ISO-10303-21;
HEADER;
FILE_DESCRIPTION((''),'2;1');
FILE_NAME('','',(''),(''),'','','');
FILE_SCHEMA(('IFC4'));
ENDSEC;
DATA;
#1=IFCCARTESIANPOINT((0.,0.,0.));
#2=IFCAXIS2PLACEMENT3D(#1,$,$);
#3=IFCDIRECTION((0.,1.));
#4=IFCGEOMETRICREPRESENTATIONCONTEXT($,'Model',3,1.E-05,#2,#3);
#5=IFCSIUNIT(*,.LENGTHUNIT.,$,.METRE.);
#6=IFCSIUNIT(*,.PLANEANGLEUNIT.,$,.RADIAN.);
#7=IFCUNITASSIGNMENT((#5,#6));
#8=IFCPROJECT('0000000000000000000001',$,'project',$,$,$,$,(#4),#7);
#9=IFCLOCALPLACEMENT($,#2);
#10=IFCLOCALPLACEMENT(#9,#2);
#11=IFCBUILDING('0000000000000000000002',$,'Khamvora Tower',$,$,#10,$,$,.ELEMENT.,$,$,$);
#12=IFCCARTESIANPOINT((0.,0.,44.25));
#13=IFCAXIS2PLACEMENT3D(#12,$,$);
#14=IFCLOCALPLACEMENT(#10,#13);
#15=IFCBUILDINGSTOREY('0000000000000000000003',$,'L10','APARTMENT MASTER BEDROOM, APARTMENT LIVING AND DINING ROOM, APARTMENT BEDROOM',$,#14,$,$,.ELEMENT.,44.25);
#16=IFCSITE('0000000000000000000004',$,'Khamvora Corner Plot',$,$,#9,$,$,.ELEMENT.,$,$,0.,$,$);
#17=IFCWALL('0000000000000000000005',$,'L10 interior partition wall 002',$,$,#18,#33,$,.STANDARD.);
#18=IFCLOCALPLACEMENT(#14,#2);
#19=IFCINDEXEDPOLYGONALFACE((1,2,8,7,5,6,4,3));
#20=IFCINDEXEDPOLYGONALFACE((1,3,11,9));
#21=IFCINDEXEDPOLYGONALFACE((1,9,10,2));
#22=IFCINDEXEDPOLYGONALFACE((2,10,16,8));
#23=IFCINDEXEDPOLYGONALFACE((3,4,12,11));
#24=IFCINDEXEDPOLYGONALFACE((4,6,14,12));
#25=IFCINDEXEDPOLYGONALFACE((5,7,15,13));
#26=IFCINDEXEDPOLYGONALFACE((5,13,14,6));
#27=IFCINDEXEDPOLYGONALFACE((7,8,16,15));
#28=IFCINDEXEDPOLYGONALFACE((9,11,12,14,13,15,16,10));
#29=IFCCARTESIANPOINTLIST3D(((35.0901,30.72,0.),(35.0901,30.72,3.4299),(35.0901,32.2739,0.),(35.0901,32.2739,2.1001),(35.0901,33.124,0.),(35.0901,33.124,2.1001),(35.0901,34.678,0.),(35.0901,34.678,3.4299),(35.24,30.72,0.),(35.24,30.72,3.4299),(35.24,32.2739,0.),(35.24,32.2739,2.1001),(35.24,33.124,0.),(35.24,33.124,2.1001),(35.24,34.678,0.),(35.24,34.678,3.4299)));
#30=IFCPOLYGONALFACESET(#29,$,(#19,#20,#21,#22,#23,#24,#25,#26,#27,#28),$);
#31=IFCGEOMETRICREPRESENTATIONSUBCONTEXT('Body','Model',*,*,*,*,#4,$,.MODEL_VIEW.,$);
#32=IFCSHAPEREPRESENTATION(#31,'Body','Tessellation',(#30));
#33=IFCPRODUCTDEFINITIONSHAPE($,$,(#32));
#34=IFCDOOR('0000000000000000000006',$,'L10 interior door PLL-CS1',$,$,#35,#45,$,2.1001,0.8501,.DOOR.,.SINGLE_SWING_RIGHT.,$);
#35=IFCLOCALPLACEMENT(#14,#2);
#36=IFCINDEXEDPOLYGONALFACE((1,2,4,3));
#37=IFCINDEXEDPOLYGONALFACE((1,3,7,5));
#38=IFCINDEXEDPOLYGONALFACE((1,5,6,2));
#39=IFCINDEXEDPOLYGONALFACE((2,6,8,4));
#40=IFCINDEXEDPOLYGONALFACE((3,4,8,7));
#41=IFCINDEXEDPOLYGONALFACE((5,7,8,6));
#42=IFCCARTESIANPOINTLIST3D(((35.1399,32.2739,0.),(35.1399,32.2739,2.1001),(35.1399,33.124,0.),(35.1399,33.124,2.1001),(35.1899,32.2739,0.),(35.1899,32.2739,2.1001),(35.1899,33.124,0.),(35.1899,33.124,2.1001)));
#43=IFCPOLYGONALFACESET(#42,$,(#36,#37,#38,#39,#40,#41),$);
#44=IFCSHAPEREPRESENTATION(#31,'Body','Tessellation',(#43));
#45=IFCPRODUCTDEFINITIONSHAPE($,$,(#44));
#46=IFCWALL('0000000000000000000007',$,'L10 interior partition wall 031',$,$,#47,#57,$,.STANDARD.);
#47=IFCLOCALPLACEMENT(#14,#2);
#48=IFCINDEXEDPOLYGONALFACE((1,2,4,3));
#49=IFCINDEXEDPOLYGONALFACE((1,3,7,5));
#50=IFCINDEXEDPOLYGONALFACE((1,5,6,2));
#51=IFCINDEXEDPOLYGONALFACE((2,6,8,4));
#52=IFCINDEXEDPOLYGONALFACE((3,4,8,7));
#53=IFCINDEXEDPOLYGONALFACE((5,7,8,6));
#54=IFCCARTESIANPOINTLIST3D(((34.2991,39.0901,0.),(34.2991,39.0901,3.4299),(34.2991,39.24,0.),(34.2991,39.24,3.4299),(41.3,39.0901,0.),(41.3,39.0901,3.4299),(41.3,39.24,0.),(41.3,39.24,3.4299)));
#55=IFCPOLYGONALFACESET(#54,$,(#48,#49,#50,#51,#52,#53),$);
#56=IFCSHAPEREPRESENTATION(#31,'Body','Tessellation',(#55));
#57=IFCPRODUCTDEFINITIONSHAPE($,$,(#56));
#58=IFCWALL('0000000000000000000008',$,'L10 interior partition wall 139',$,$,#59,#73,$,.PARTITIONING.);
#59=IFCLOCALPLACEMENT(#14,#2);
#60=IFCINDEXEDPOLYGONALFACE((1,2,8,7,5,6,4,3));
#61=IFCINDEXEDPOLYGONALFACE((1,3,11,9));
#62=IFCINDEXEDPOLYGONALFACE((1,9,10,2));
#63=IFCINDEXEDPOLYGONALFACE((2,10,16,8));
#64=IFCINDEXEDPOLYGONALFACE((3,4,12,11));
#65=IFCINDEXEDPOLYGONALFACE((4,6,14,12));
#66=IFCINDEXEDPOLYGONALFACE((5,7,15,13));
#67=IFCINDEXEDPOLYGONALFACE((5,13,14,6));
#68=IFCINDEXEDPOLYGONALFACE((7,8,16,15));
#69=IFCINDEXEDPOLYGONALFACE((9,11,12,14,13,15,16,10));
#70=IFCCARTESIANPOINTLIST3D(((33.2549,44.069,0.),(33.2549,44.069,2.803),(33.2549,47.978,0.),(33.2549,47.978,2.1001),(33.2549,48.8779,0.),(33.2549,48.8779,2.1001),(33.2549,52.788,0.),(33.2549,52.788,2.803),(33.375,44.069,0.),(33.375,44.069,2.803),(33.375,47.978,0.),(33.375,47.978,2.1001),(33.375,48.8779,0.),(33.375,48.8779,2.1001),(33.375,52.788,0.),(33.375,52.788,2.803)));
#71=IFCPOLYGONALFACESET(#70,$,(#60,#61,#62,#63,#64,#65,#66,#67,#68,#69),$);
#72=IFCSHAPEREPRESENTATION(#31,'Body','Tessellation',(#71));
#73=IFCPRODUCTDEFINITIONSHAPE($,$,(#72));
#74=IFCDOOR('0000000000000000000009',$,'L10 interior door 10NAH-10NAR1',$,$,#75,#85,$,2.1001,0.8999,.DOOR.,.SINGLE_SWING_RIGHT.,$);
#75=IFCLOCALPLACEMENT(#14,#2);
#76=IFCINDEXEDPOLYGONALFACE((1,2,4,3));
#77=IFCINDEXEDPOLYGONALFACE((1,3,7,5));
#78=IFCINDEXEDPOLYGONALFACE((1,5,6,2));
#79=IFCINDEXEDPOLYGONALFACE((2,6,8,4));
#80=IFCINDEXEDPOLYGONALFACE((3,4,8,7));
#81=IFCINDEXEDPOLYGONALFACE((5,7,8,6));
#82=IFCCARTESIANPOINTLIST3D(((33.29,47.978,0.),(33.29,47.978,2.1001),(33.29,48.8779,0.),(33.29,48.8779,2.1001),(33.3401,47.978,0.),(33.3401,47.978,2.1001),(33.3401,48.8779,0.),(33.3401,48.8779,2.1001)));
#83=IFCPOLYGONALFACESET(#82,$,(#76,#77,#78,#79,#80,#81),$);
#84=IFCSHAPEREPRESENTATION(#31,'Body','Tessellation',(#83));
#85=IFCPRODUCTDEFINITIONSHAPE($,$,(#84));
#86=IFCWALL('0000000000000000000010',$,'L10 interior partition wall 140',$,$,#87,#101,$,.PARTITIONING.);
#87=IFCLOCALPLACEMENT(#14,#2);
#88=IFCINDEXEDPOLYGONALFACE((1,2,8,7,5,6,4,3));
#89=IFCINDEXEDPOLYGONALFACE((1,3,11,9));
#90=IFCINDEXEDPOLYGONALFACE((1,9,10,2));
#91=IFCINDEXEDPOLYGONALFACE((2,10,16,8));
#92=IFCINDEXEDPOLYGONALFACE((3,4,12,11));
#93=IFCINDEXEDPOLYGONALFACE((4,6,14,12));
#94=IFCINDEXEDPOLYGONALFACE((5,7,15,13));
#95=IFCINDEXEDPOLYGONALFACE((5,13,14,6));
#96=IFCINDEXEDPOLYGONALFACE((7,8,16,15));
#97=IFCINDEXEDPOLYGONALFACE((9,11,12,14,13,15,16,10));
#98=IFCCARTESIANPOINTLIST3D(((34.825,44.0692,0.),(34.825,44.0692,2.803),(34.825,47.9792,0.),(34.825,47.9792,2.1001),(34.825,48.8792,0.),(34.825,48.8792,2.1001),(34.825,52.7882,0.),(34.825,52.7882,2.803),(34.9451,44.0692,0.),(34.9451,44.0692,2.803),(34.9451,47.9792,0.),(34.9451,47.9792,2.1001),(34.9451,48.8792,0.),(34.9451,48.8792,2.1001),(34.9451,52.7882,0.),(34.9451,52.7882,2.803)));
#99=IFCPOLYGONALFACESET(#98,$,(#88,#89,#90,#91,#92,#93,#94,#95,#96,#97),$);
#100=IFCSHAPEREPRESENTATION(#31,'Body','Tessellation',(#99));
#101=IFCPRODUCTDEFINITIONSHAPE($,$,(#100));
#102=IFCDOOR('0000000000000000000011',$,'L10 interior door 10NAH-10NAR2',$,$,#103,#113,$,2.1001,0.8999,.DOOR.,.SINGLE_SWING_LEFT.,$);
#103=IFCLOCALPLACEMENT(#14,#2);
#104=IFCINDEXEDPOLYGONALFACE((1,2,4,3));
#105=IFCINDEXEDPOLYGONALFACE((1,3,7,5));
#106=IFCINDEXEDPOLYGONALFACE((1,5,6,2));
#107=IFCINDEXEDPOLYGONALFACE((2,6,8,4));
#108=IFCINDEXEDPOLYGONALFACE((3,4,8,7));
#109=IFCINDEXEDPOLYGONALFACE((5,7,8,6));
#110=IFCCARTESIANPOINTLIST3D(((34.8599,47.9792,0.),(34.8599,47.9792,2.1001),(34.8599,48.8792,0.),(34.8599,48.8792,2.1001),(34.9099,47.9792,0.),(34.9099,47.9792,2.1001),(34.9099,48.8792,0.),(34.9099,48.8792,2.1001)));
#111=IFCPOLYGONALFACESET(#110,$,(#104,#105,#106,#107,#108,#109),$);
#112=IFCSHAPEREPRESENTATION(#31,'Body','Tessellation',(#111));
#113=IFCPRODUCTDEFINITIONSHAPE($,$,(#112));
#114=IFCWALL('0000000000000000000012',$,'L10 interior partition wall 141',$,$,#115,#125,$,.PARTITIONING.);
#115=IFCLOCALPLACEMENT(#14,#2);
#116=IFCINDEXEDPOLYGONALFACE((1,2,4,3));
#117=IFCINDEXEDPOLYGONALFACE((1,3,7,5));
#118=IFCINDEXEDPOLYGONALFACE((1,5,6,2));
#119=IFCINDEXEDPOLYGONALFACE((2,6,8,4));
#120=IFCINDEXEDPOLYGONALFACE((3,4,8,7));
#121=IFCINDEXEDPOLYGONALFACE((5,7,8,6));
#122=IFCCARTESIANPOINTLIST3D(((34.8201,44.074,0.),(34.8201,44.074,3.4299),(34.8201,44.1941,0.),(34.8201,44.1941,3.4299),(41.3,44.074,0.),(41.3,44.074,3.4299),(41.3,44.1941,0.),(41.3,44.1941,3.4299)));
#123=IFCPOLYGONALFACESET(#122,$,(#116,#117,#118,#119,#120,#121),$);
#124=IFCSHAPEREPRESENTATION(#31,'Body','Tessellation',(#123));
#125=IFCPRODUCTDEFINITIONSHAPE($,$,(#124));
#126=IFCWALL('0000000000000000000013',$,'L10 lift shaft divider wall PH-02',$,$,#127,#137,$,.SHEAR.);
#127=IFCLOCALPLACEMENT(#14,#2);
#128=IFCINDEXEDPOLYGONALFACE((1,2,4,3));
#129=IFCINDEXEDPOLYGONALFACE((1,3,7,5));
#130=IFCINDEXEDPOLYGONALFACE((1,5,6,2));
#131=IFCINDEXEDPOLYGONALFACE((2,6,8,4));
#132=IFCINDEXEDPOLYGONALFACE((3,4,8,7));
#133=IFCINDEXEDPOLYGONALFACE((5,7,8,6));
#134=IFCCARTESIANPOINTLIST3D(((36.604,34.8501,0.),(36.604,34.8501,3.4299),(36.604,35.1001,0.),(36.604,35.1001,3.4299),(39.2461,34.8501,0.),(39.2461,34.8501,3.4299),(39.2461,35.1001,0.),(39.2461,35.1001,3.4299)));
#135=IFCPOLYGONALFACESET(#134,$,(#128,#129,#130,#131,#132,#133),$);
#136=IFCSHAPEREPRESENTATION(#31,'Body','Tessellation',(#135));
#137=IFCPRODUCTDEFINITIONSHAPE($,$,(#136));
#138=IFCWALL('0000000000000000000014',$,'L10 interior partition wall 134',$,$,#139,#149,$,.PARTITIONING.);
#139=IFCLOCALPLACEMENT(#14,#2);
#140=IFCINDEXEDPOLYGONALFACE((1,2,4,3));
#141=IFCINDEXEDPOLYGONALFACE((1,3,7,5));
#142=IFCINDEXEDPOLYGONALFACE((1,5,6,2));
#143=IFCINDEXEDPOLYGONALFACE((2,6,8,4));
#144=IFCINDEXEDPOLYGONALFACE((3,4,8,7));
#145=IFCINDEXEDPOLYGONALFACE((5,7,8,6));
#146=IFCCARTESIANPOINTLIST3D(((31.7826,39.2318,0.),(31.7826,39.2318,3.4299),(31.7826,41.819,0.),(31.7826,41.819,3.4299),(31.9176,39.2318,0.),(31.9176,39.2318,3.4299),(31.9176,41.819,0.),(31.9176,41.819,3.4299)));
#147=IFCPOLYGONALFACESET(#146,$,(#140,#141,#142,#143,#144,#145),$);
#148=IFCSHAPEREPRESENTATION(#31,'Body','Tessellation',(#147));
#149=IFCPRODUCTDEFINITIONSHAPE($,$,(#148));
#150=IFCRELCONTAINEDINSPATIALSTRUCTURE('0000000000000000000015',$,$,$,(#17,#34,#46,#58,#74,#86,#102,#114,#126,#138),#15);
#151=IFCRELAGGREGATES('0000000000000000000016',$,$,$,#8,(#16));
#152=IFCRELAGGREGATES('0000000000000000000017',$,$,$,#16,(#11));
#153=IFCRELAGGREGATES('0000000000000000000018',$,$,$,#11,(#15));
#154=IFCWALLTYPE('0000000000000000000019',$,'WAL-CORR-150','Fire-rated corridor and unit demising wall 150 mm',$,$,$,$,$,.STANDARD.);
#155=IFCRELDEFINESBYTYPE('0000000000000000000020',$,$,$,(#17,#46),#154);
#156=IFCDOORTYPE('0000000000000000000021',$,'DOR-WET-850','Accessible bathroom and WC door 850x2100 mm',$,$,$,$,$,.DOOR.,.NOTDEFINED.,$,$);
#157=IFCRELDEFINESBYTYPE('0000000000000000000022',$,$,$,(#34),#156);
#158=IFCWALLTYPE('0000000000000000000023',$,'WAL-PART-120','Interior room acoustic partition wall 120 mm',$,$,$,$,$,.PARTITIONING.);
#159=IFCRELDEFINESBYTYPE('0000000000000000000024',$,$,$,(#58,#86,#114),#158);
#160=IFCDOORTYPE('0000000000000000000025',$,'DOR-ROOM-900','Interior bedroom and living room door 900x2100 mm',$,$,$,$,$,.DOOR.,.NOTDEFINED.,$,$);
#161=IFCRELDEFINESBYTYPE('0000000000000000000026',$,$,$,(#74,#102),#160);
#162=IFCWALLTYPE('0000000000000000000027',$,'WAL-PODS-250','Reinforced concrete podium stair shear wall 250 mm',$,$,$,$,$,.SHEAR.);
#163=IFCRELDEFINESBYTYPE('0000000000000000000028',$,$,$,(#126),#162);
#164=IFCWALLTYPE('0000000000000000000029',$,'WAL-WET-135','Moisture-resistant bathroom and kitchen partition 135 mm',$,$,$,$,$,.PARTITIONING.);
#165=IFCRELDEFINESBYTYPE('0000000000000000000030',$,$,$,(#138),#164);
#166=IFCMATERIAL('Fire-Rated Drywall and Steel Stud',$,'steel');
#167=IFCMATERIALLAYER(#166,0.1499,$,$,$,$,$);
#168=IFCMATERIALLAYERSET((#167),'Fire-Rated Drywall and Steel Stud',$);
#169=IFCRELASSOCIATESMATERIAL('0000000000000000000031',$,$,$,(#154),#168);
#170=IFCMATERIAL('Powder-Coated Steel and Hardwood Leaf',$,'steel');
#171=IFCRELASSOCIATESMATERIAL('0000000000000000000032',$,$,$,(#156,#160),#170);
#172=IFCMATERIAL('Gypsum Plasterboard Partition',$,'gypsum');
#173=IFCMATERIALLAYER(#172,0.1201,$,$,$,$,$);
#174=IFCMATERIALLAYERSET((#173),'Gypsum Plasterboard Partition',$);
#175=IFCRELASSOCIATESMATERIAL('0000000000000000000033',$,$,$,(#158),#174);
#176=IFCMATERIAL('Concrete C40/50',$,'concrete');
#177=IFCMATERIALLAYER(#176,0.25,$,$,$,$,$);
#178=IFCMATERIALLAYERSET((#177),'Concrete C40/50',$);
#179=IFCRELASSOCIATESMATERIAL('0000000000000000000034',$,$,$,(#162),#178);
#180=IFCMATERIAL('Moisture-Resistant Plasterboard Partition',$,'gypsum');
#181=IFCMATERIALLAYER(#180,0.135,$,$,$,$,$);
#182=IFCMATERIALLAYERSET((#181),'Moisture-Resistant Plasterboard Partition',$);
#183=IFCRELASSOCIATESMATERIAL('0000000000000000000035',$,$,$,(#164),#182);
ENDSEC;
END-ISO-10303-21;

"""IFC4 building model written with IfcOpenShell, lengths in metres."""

from ifc_helpers import new_model, si_unit, direction, frame, frame_2d, origin, place, context, subcontext, project, spatial, rectangle, extrude, material, layer, layer_set, type_object, element, fill, save


model = new_model("IFC4")

# Units and contexts
model_context = context("Model", 3, precision=1e-05, world=origin(), true_north=direction((0.0, 1.0)))
body_context = subcontext(model_context, "Body", "Model", "MODEL_VIEW")
ifc_project = project(units=[si_unit("LENGTHUNIT", "METRE"), si_unit("PLANEANGLEUNIT", "RADIAN")], contexts=[model_context])

# Site, building, storey
site_placement = place(None, origin())
site = spatial("IfcSite", under=ifc_project, at=site_placement, Name="Khamvora Corner Plot", CompositionType="ELEMENT", RefElevation=0.0)
building_placement = place(site_placement, origin())
building = spatial("IfcBuilding", under=site, at=building_placement, Name="Khamvora Tower", CompositionType="ELEMENT")
storey_placement = place(building_placement, frame((0.0, 0.0, 44.25)))
storey = spatial("IfcBuildingStorey", under=building, at=storey_placement, Name="L10", Description="APARTMENT MASTER BEDROOM, APARTMENT LIVING AND DINING ROOM, APARTMENT BEDROOM", CompositionType="ELEMENT", Elevation=44.25)

# Wall, opening, door
ifc_material_1 = material(Name="Powder-Coated Steel and Hardwood Leaf", Category="steel")
ifc_material_2 = material(Name="Fire-Rated Drywall and Steel Stud", Category="steel")
ifc_layer_1 = layer(ifc_material_2, 0.1499)
ifc_layer_set_1 = layer_set([ifc_layer_1], Name="Fire-Rated Drywall and Steel Stud")
wall_type_1 = type_object("IfcWallType", Name="WAL-CORR-150", Description="Fire-rated corridor and unit demising wall 150 mm", PredefinedType="STANDARD", material=ifc_layer_set_1)
wall_1_placement = place(storey_placement, frame((35.165, 34.678, 0.0), z_axis=(0.0, 0.0, 1.0), x_axis=(0.0, -1.0, 0.0)))
wall_1 = element("IfcWall", 1, at=wall_1_placement, inside=storey, type_object=wall_type_1, Name="L10 interior partition wall 002", PredefinedType="STANDARD", context=body_context, shape_type="SweptSolid", body=[
    extrude(rectangle(XDim=3.958, YDim=0.1499, at=frame_2d((1.979, 0.0))), origin(), (0.0, 0.0, 1.0), 3.4299),
])
opening_1_placement = place(wall_1_placement, frame((1.554, 0.0, 0.0)))
opening_1 = element("IfcOpeningElement", 2, at=opening_1_placement, cuts=wall_1, PredefinedType="OPENING", context=body_context, shape_type="SweptSolid", body=[
    extrude(rectangle(XDim=0.8501, YDim=2.1001, at=frame_2d((0.425, 1.05))), frame((0.0, 0.085, 0.0), z_axis=(0.0, -1.0, 0.0), x_axis=(1.0, 0.0, 0.0)), (0.0, 0.0, 1.0), 0.1699),
])
door_type_1 = type_object("IfcDoorType", Name="DOR-WET-850", Description="Accessible bathroom and WC door 850x2100 mm", OperationType="NOTDEFINED", PredefinedType="DOOR", material=ifc_material_1)
door_1_placement = place(opening_1_placement, origin())
door_1 = element("IfcDoor", 3, at=door_1_placement, inside=storey, type_object=door_type_1, Name="L10 interior door PLL-CS1", OperationType="SINGLE_SWING_RIGHT", OverallHeight=2.1001, OverallWidth=0.8501, PredefinedType="DOOR", context=body_context, shape_type="SweptSolid", body=[
    extrude(rectangle(XDim=0.8501, YDim=2.1001, at=frame_2d((0.425, 1.05))), frame((0.0, 0.0249, 0.0), z_axis=(0.0, -1.0, 0.0), x_axis=(1.0, 0.0, 0.0)), (0.0, 0.0, 1.0), 0.05),
])
fill(opening_1, door_1)

# Wall
wall_2_placement = place(storey_placement, frame((34.2991, 39.165, 0.0), z_axis=(0.0, 0.0, 1.0), x_axis=(1.0, 0.0, 0.0)))
element("IfcWall", 4, at=wall_2_placement, inside=storey, type_object=wall_type_1, Name="L10 interior partition wall 031", PredefinedType="STANDARD", context=body_context, shape_type="SweptSolid", body=[
    extrude(rectangle(XDim=7.001, YDim=0.1499, at=frame_2d((3.5005, 0.0))), origin(), (0.0, 0.0, 1.0), 3.4299),
])

# Walls, openings, doors
ifc_material_3 = material(Name="Gypsum Plasterboard Partition", Category="gypsum")
ifc_layer_2 = layer(ifc_material_3, 0.1201)
ifc_layer_set_2 = layer_set([ifc_layer_2], Name="Gypsum Plasterboard Partition")
wall_type_2 = type_object("IfcWallType", Name="WAL-PART-120", Description="Interior room acoustic partition wall 120 mm", PredefinedType="PARTITIONING", material=ifc_layer_set_2)
wall_3_placement = place(storey_placement, frame((33.3149, 44.0691, 0.0), z_axis=(0.0, 0.0, 1.0), x_axis=(0.0, 1.0, 0.0)))
wall_3 = element("IfcWall", 5, at=wall_3_placement, inside=storey, type_object=wall_type_2, Name="L10 interior partition wall 139", PredefinedType="PARTITIONING", context=body_context, shape_type="SweptSolid", body=[
    extrude(rectangle(XDim=8.719, YDim=0.1201, at=frame_2d((4.3594, 0.0))), origin(), (0.0, 0.0, 1.0), 2.803),
])
opening_2_placement = place(wall_3_placement, frame((3.9089, 0.0, 0.0)))
opening_2 = element("IfcOpeningElement", 6, at=opening_2_placement, cuts=wall_3, PredefinedType="OPENING", context=body_context, shape_type="SweptSolid", body=[
    extrude(rectangle(XDim=0.8999, YDim=2.1001, at=frame_2d((0.45, 1.05))), frame((0.0, 0.0701, 0.0), z_axis=(0.0, -1.0, 0.0), x_axis=(1.0, 0.0, 0.0)), (0.0, 0.0, 1.0), 0.1401),
])
door_type_2 = type_object("IfcDoorType", Name="DOR-ROOM-900", Description="Interior bedroom and living room door 900x2100 mm", OperationType="NOTDEFINED", PredefinedType="DOOR", material=ifc_material_1)
door_2_placement = place(opening_2_placement, origin())
door_2 = element("IfcDoor", 7, at=door_2_placement, inside=storey, type_object=door_type_2, Name="L10 interior door 10NAH-10NAR1", OperationType="SINGLE_SWING_RIGHT", OverallHeight=2.1001, OverallWidth=0.8999, PredefinedType="DOOR", context=body_context, shape_type="SweptSolid", body=[
    extrude(rectangle(XDim=0.8999, YDim=2.1001, at=frame_2d((0.45, 1.05))), frame((0.0, 0.0249, 0.0), z_axis=(0.0, -1.0, 0.0), x_axis=(1.0, 0.0, 0.0)), (0.0, 0.0, 1.0), 0.05),
])
fill(opening_2, door_2)
wall_4_placement = place(storey_placement, frame((34.885, 52.7881, 0.0), z_axis=(0.0, 0.0, 1.0), x_axis=(0.0, -1.0, 0.0)))
wall_4 = element("IfcWall", 8, at=wall_4_placement, inside=storey, type_object=wall_type_2, Name="L10 interior partition wall 140", PredefinedType="PARTITIONING", context=body_context, shape_type="SweptSolid", body=[
    extrude(rectangle(XDim=8.719, YDim=0.1201, at=frame_2d((4.3594, 0.0))), origin(), (0.0, 0.0, 1.0), 2.803),
])
opening_3_placement = place(wall_4_placement, frame((3.9089, 0.0, 0.0)))
opening_3 = element("IfcOpeningElement", 9, at=opening_3_placement, cuts=wall_4, PredefinedType="OPENING", context=body_context, shape_type="SweptSolid", body=[
    extrude(rectangle(XDim=0.8999, YDim=2.1001, at=frame_2d((0.45, 1.05))), frame((0.0, 0.0701, 0.0), z_axis=(0.0, -1.0, 0.0), x_axis=(1.0, 0.0, 0.0)), (0.0, 0.0, 1.0), 0.1401),
])
door_3_placement = place(opening_3_placement, origin())
door_3 = element("IfcDoor", 10, at=door_3_placement, inside=storey, type_object=door_type_2, Name="L10 interior door 10NAH-10NAR2", OperationType="SINGLE_SWING_LEFT", OverallHeight=2.1001, OverallWidth=0.8999, PredefinedType="DOOR", context=body_context, shape_type="SweptSolid", body=[
    extrude(rectangle(XDim=0.8999, YDim=2.1001, at=frame_2d((0.45, 1.05))), frame((0.0, 0.0249, 0.0), z_axis=(0.0, -1.0, 0.0), x_axis=(1.0, 0.0, 0.0)), (0.0, 0.0, 1.0), 0.05),
])
fill(opening_3, door_3)

# Walls
wall_5_placement = place(storey_placement, frame((34.8201, 44.134, 0.0), z_axis=(0.0, 0.0, 1.0), x_axis=(1.0, 0.0, 0.0)))
element("IfcWall", 11, at=wall_5_placement, inside=storey, type_object=wall_type_2, Name="L10 interior partition wall 141", PredefinedType="PARTITIONING", context=body_context, shape_type="SweptSolid", body=[
    extrude(rectangle(XDim=6.48, YDim=0.1201, at=frame_2d((3.24, 0.0))), origin(), (0.0, 0.0, 1.0), 3.4299),
])
ifc_material_4 = material(Name="Concrete C40/50", Category="concrete")
ifc_layer_3 = layer(ifc_material_4, 0.25)
ifc_layer_set_3 = layer_set([ifc_layer_3], Name="Concrete C40/50")
wall_type_3 = type_object("IfcWallType", Name="WAL-PODS-250", Description="Reinforced concrete podium stair shear wall 250 mm", PredefinedType="SHEAR", material=ifc_layer_set_3)
wall_6_placement = place(storey_placement, frame((36.604, 34.9751, 0.0), z_axis=(0.0, 0.0, 1.0), x_axis=(1.0, 0.0, 0.0)))
element("IfcWall", 12, at=wall_6_placement, inside=storey, type_object=wall_type_3, Name="L10 lift shaft divider wall PH-02", PredefinedType="SHEAR", context=body_context, shape_type="SweptSolid", body=[
    extrude(rectangle(XDim=2.6421, YDim=0.25, at=frame_2d((1.321, 0.0))), origin(), (0.0, 0.0, 1.0), 3.4299),
])
ifc_material_5 = material(Name="Moisture-Resistant Plasterboard Partition", Category="gypsum")
ifc_layer_4 = layer(ifc_material_5, 0.135)
ifc_layer_set_4 = layer_set([ifc_layer_4], Name="Moisture-Resistant Plasterboard Partition")
wall_type_4 = type_object("IfcWallType", Name="WAL-WET-135", Description="Moisture-resistant bathroom and kitchen partition 135 mm", PredefinedType="PARTITIONING", material=ifc_layer_set_4)
wall_7_placement = place(storey_placement, frame((31.8501, 39.2319, 0.0), z_axis=(0.0, 0.0, 1.0), x_axis=(0.0, 1.0, 0.0)))
element("IfcWall", 13, at=wall_7_placement, inside=storey, type_object=wall_type_4, Name="L10 interior partition wall 134", PredefinedType="PARTITIONING", context=body_context, shape_type="SweptSolid", body=[
    extrude(rectangle(XDim=2.5872, YDim=0.135, at=frame_2d((1.2935, 0.0))), origin(), (0.0, 0.0, 1.0), 3.4299),
])

save(model, "model.ifc")
